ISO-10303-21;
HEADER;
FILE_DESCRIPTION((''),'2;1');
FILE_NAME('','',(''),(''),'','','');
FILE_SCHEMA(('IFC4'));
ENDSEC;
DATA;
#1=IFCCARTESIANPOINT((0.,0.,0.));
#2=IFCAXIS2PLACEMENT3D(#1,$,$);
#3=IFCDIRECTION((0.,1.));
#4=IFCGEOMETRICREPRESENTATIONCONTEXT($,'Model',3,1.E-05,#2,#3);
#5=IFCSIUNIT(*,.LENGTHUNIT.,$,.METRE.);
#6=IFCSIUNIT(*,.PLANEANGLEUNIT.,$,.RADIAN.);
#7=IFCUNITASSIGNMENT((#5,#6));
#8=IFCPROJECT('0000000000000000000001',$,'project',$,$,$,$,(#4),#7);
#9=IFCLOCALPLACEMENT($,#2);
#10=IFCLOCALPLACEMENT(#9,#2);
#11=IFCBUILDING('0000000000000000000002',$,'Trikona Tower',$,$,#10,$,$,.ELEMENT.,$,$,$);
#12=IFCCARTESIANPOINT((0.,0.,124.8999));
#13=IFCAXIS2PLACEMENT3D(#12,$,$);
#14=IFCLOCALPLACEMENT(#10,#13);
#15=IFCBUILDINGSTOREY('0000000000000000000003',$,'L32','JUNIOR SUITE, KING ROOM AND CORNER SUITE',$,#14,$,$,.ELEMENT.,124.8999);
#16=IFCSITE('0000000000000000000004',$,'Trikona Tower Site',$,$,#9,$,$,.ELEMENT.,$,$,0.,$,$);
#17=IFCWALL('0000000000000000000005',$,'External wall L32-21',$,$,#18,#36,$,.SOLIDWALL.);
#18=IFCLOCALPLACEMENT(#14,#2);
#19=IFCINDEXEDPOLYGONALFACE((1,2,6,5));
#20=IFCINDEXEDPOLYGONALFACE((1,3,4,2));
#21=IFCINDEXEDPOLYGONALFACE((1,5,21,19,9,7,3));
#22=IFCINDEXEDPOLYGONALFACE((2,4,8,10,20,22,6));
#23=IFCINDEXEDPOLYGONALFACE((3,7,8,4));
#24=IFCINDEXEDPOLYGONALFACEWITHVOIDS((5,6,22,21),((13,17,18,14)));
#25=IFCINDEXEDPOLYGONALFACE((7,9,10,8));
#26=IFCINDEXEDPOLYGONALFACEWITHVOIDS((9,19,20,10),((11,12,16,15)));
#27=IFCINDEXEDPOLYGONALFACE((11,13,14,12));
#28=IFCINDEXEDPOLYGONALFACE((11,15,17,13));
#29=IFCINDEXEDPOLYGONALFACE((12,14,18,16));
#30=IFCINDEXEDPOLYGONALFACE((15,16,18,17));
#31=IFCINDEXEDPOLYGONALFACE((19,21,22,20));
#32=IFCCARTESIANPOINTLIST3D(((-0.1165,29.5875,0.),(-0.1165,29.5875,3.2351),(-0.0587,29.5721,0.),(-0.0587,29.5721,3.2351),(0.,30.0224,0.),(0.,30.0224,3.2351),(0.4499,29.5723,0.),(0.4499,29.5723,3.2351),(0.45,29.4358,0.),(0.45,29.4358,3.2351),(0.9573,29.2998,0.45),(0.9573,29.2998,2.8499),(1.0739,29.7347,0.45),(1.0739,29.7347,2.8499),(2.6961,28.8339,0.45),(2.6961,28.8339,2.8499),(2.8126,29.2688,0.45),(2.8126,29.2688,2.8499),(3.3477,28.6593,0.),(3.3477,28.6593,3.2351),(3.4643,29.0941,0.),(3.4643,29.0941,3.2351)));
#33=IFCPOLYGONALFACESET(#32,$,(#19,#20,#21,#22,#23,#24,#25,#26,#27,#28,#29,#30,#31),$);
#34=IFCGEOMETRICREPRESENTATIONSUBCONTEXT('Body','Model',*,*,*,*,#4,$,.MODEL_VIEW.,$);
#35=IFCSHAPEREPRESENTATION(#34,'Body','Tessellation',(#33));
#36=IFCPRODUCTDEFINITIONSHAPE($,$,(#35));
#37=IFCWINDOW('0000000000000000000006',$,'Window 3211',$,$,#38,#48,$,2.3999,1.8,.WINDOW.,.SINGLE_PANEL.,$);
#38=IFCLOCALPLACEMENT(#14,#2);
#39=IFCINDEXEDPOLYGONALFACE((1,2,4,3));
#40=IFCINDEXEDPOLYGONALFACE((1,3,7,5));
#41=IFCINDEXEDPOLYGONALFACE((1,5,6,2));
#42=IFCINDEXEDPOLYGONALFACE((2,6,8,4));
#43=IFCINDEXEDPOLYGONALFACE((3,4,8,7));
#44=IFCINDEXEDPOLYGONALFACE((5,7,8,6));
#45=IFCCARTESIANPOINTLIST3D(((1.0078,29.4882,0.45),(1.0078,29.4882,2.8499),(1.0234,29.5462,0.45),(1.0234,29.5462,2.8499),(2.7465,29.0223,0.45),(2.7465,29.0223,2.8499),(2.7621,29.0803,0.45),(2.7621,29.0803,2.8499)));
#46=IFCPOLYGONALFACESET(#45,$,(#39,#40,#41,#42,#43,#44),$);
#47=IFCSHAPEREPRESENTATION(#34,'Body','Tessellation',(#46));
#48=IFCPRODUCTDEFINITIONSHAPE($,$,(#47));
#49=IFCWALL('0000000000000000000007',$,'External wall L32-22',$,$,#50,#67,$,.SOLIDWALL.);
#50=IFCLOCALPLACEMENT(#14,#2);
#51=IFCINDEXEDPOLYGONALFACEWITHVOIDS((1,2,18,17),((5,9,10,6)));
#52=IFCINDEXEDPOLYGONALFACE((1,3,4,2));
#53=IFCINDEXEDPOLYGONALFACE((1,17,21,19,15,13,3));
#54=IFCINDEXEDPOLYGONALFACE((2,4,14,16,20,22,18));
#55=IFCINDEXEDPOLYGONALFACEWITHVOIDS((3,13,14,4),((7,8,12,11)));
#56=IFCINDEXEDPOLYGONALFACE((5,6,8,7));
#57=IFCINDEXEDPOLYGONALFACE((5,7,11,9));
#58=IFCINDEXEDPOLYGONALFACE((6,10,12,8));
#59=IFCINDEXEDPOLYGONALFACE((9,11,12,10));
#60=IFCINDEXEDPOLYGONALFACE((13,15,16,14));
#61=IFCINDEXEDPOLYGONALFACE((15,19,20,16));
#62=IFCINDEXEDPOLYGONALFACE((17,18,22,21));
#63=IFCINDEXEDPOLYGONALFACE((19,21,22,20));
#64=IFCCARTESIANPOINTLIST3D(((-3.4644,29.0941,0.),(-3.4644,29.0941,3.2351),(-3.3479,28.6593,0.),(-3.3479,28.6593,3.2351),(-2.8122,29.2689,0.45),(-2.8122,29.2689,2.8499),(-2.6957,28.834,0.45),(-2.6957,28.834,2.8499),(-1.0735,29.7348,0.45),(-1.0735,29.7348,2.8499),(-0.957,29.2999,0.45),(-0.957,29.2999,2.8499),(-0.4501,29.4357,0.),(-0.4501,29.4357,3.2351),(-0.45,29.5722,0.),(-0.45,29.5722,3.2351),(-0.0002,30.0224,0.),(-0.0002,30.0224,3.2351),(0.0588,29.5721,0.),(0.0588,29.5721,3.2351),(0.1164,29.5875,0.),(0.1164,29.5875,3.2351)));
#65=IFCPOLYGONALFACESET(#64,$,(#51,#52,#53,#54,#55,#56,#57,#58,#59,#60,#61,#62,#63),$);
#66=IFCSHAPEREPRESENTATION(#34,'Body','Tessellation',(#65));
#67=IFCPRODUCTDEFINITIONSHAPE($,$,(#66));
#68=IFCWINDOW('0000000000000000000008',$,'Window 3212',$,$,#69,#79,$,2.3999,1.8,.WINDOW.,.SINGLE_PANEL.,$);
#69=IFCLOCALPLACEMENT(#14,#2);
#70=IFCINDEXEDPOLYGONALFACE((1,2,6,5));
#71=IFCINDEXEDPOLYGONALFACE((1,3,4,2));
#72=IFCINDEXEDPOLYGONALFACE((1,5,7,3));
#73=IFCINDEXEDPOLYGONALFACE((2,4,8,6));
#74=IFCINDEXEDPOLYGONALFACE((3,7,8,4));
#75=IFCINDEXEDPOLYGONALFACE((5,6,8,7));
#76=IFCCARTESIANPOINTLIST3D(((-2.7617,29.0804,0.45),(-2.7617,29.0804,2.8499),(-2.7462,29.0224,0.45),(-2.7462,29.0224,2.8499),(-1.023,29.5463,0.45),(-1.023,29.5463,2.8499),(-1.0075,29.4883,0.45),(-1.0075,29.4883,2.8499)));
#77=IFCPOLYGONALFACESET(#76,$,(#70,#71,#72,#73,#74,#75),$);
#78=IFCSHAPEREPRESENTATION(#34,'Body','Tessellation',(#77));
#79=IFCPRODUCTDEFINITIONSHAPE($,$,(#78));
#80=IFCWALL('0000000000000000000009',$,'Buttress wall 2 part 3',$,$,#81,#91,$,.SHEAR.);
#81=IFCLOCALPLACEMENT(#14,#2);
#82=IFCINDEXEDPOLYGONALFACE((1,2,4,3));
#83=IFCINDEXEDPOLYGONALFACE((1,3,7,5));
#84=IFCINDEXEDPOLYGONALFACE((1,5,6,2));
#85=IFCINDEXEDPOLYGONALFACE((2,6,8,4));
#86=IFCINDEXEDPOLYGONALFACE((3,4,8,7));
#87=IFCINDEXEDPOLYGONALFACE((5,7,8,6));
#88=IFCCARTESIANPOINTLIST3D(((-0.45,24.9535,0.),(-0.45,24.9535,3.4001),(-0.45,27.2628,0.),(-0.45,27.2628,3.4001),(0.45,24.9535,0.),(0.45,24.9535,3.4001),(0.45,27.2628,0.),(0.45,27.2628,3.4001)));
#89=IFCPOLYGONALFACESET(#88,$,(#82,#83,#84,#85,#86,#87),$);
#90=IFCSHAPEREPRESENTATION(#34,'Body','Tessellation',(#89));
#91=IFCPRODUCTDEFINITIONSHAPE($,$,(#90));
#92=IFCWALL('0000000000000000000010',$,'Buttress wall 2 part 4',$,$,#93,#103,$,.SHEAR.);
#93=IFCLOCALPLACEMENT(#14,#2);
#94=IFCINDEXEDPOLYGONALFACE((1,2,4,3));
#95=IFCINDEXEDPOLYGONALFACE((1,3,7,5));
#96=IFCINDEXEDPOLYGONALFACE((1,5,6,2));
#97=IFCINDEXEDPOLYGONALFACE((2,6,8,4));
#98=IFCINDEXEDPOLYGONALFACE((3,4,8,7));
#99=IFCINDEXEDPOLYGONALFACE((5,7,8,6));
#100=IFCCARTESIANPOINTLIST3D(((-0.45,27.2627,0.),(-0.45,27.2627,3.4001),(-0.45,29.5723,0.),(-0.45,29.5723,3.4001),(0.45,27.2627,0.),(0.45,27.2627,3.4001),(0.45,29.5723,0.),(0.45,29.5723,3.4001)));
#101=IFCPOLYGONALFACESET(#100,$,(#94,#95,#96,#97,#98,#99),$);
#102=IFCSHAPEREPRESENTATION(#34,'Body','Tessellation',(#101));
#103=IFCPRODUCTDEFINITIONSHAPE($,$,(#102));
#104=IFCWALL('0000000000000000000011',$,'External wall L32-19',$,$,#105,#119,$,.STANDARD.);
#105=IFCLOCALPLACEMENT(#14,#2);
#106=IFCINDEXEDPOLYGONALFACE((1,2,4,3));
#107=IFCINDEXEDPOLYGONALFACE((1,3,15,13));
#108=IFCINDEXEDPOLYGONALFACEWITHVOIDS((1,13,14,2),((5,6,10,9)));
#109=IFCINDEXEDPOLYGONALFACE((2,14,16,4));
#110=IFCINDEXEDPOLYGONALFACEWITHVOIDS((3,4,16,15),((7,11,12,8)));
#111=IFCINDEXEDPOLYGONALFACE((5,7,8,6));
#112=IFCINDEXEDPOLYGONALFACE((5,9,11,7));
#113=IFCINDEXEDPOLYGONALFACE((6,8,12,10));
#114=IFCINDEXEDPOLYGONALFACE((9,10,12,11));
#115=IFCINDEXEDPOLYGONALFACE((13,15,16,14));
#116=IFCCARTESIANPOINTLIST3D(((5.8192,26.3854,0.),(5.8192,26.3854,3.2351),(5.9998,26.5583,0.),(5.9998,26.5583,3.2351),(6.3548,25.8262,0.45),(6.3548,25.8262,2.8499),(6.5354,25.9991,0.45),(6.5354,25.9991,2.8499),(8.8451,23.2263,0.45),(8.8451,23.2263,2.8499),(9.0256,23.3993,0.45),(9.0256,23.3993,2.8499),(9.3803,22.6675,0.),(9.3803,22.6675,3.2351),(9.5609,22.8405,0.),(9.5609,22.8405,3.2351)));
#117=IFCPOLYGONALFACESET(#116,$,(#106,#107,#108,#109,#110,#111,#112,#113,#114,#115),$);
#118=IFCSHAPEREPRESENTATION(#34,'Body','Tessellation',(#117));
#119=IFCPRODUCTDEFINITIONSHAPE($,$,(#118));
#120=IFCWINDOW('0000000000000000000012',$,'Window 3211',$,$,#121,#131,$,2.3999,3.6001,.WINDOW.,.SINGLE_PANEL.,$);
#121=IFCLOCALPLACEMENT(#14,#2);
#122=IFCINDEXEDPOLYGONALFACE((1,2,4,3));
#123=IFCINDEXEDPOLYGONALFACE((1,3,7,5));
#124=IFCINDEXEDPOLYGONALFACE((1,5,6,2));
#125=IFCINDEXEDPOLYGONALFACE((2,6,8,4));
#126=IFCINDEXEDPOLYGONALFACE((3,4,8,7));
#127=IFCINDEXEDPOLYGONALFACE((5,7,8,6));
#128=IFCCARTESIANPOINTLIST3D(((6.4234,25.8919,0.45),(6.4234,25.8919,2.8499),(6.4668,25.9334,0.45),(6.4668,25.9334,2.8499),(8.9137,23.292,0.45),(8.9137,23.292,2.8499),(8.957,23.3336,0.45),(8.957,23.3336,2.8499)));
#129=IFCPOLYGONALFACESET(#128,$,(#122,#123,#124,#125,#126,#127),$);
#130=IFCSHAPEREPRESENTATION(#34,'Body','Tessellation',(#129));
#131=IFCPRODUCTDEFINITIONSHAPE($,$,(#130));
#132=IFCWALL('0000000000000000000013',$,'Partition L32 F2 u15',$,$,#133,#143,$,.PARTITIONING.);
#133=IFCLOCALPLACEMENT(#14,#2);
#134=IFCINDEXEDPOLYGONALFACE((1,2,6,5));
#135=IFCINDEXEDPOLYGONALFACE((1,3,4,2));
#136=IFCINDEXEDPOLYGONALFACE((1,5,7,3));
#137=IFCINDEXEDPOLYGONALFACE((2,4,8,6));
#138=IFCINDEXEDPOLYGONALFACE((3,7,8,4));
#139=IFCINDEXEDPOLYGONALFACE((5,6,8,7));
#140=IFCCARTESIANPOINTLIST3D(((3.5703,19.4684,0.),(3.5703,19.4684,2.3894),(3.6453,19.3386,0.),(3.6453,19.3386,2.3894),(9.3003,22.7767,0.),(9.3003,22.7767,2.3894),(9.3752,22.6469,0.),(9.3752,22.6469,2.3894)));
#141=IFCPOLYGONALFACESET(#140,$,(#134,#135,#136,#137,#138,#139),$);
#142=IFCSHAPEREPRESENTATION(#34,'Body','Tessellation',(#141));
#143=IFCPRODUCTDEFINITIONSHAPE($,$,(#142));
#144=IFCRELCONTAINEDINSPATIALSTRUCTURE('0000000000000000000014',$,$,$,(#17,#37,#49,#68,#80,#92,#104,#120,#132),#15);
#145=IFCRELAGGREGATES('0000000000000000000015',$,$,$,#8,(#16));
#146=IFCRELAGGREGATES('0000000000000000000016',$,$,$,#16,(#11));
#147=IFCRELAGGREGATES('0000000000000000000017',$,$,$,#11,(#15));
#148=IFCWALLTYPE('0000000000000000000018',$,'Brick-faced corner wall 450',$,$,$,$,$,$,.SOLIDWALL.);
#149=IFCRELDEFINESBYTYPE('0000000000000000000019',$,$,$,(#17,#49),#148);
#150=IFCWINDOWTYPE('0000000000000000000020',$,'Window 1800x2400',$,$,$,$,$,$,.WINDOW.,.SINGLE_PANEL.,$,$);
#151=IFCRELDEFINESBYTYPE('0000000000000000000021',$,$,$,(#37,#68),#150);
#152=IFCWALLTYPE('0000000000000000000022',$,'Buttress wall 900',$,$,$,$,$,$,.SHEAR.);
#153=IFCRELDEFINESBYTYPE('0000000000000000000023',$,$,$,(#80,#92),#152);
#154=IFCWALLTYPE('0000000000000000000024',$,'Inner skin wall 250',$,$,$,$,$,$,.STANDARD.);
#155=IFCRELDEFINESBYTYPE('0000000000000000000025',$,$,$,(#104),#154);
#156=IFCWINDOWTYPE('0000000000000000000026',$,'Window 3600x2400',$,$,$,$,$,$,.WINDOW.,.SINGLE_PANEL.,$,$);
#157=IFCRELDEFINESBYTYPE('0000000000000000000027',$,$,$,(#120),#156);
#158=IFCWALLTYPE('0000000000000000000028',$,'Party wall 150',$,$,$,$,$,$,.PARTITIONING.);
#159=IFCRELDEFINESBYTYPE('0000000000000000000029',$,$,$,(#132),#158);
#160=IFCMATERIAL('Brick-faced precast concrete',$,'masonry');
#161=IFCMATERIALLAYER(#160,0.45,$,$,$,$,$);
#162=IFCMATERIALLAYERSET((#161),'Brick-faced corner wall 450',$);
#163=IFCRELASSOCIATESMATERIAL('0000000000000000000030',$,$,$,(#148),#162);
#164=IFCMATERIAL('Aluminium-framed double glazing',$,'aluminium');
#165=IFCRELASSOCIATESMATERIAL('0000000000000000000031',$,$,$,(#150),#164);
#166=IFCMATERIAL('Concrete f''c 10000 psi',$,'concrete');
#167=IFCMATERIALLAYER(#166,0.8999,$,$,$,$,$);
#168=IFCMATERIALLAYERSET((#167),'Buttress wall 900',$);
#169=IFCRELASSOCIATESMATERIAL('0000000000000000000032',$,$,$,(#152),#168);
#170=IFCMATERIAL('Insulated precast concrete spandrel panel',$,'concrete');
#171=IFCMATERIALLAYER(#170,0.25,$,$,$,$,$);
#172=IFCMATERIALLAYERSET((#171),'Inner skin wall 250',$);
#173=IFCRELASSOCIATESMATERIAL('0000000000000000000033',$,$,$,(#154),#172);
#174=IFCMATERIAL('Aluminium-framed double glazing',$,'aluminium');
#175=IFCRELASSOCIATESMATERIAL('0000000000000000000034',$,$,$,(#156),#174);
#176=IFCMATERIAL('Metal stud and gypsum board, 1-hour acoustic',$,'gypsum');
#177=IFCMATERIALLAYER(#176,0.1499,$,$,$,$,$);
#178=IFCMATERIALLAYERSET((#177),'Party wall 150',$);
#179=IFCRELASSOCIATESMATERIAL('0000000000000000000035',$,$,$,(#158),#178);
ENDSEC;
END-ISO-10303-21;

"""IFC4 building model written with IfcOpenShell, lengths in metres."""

from ifc_helpers import new_model, si_unit, direction, frame, frame_2d, origin, place, context, subcontext, project, spatial, polyline, rectangle, outline, extrude, material, layer, layer_set, type_object, element, fill, save


model = new_model("IFC4")

# Units and contexts
model_context = context("Model", 3, precision=1e-05, world=origin(), true_north=direction((0.0, 1.0)))
body_context = subcontext(model_context, "Body", "Model", "MODEL_VIEW")
ifc_project = project(units=[si_unit("LENGTHUNIT", "METRE"), si_unit("PLANEANGLEUNIT", "RADIAN")], contexts=[model_context])

# Site, building, storey
site_placement = place(None, origin())
site = spatial("IfcSite", under=ifc_project, at=site_placement, Name="Trikona Tower Site", CompositionType="ELEMENT", RefElevation=0.0)
building_placement = place(site_placement, origin())
building = spatial("IfcBuilding", under=site, at=building_placement, Name="Trikona Tower", CompositionType="ELEMENT")
storey_placement = place(building_placement, frame((0.0, 0.0, 124.8999)))
storey = spatial("IfcBuildingStorey", under=building, at=storey_placement, Name="L32", Description="JUNIOR SUITE, KING ROOM AND CORNER SUITE", CompositionType="ELEMENT", Elevation=124.8999)

# Walls, openings, windows
ifc_material_1 = material(Name="Brick-faced precast concrete", Category="masonry")
ifc_layer_1 = layer(ifc_material_1, 0.45)
ifc_layer_set_1 = layer_set([ifc_layer_1], Name="Brick-faced corner wall 450")
wall_type_1 = type_object("IfcWallType", Name="Brick-faced corner wall 450", PredefinedType="SOLIDWALL", material=ifc_layer_set_1)
wall_1_placement = place(storey_placement, frame((3.406, 28.8767, 0.0), z_axis=(0.0, 0.0, 1.0), x_axis=(-0.965925, 0.258823, 0.0)))
wall_1 = element("IfcWall", 1, at=wall_1_placement, inside=storey, type_object=wall_type_1, Name="External wall L32-21", PredefinedType="SOLIDWALL", context=body_context, shape_type="SweptSolid", body=[
    extrude(outline(polyline([(3.5864, 0.2251), (3.5266, 0.2251), (3.0354, 0.0933), (3.0, 0.2251), (0.0, 0.2251), (0.0, -0.2251), (3.5864, -0.2251), (3.5864, 0.2251)])), origin(), (0.0, 0.0, 1.0), 3.2351),
])
opening_1_placement = place(wall_1_placement, frame((0.6748, 0.0, 0.45)))
opening_1 = element("IfcOpeningElement", 2, at=opening_1_placement, cuts=wall_1, PredefinedType="OPENING", context=body_context, shape_type="SweptSolid", body=[
    extrude(rectangle(XDim=1.8, YDim=2.3999, at=frame_2d((0.8999, 1.2))), frame((0.0, 0.2349, 0.0), z_axis=(0.0, -1.0, 0.0), x_axis=(1.0, 0.0, 0.0)), (0.0, 0.0, 1.0), 0.47),
])
ifc_material_2 = material(Name="Aluminium-framed double glazing", Category="aluminium")
window_type_1 = type_object("IfcWindowType", Name="Window 1800x2400", PartitioningType="SINGLE_PANEL", PredefinedType="WINDOW", material=ifc_material_2)
window_1_placement = place(opening_1_placement, origin())
window_1 = element("IfcWindow", 3, at=window_1_placement, inside=storey, type_object=window_type_1, Name="Window 3211", OverallHeight=2.3999, OverallWidth=1.8, PartitioningType="SINGLE_PANEL", PredefinedType="WINDOW", context=body_context, shape_type="SweptSolid", body=[
    extrude(rectangle(XDim=1.8, YDim=2.3999, at=frame_2d((0.8999, 1.2))), frame((0.0, 0.03, 0.0), z_axis=(0.0, -1.0, 0.0), x_axis=(1.0, 0.0, 0.0)), (0.0, 0.0, 1.0), 0.0601),
])
fill(opening_1, window_1)
wall_2_placement = place(storey_placement, frame((0.0581, 29.8049, 0.0), z_axis=(0.0, 0.0, 1.0), x_axis=(-0.965925, -0.258823, 0.0)))
wall_2 = element("IfcWall", 4, at=wall_2_placement, inside=storey, type_object=wall_type_1, Name="External wall L32-22", PredefinedType="SOLIDWALL", context=body_context, shape_type="SweptSolid", body=[
    extrude(outline(polyline([(3.5864, 0.2251), (0.5864, 0.2251), (0.551, 0.0933), (0.0596, 0.2251), (0.0, 0.2251), (0.0, -0.2251), (3.5864, -0.2251), (3.5864, 0.2251)])), origin(), (0.0, 0.0, 1.0), 3.2351),
])
opening_2_placement = place(wall_2_placement, frame((1.1113, 0.0, 0.45)))
opening_2 = element("IfcOpeningElement", 5, at=opening_2_placement, cuts=wall_2, PredefinedType="OPENING", context=body_context, shape_type="SweptSolid", body=[
    extrude(rectangle(XDim=1.8, YDim=2.3999, at=frame_2d((0.8999, 1.2))), frame((0.0, 0.2349, 0.0), z_axis=(0.0, -1.0, 0.0), x_axis=(1.0, 0.0, 0.0)), (0.0, 0.0, 1.0), 0.47),
])
window_2_placement = place(opening_2_placement, origin())
window_2 = element("IfcWindow", 6, at=window_2_placement, inside=storey, type_object=window_type_1, Name="Window 3212", OverallHeight=2.3999, OverallWidth=1.8, PartitioningType="SINGLE_PANEL", PredefinedType="WINDOW", context=body_context, shape_type="SweptSolid", body=[
    extrude(rectangle(XDim=1.8, YDim=2.3999, at=frame_2d((0.8999, 1.2))), frame((0.0, 0.03, 0.0), z_axis=(0.0, -1.0, 0.0), x_axis=(1.0, 0.0, 0.0)), (0.0, 0.0, 1.0), 0.0601),
])
fill(opening_2, window_2)

# Walls
ifc_material_3 = material(Name="Concrete f'c 10000 psi", Category="concrete")
ifc_layer_2 = layer(ifc_material_3, 0.8999)
ifc_layer_set_2 = layer_set([ifc_layer_2], Name="Buttress wall 900")
wall_type_2 = type_object("IfcWallType", Name="Buttress wall 900", PredefinedType="SHEAR", material=ifc_layer_set_2)
wall_3_placement = place(storey_placement, frame((0.0, 24.9534, 0.0), z_axis=(0.0, 0.0, 1.0), x_axis=(0.0, 1.0, 0.0)))
element("IfcWall", 7, at=wall_3_placement, inside=storey, type_object=wall_type_2, Name="Buttress wall 2 part 3", PredefinedType="SHEAR", context=body_context, shape_type="SweptSolid", body=[
    extrude(rectangle(XDim=2.3093, YDim=0.8999, at=frame_2d((1.1548, 0.0))), origin(), (0.0, 0.0, 1.0), 3.4001),
])
wall_4_placement = place(storey_placement, frame((0.0, 27.2627, 0.0), z_axis=(0.0, 0.0, 1.0), x_axis=(0.0, 1.0, 0.0)))
element("IfcWall", 8, at=wall_4_placement, inside=storey, type_object=wall_type_2, Name="Buttress wall 2 part 4", PredefinedType="SHEAR", context=body_context, shape_type="SweptSolid", body=[
    extrude(rectangle(XDim=2.3096, YDim=0.8999, at=frame_2d((1.1548, 0.0))), origin(), (0.0, 0.0, 1.0), 3.4001),
])

# Wall, opening, window
ifc_material_4 = material(Name="Insulated precast concrete spandrel panel", Category="concrete")
ifc_layer_3 = layer(ifc_material_4, 0.25)
ifc_layer_set_3 = layer_set([ifc_layer_3], Name="Inner skin wall 250")
wall_type_3 = type_object("IfcWallType", Name="Inner skin wall 250", PredefinedType="STANDARD", material=ifc_layer_set_3)
wall_5_placement = place(storey_placement, frame((9.4707, 22.7539, 0.0), z_axis=(0.0, 0.0, 1.0), x_axis=(-0.69172, 0.722166, 0.0)))
wall_5 = element("IfcWall", 9, at=wall_5_placement, inside=storey, type_object=wall_type_3, Name="External wall L32-19", PredefinedType="STANDARD", context=body_context, shape_type="SweptSolid", body=[
    extrude(rectangle(XDim=5.1482, YDim=0.25, at=frame_2d((2.5742, 0.0))), origin(), (0.0, 0.0, 1.0), 3.2351),
])
opening_3_placement = place(wall_5_placement, frame((0.7739, 0.0, 0.45)))
opening_3 = element("IfcOpeningElement", 10, at=opening_3_placement, cuts=wall_5, PredefinedType="OPENING", context=body_context, shape_type="SweptSolid", body=[
    extrude(rectangle(XDim=3.6001, YDim=2.3999, at=frame_2d((1.8, 1.2))), frame((0.0, 0.135, 0.0), z_axis=(0.0, -1.0, 0.0), x_axis=(1.0, 0.0, 0.0)), (0.0, 0.0, 1.0), 0.27),
])
ifc_material_5 = material(Name="Aluminium-framed double glazing", Category="aluminium")
window_type_2 = type_object("IfcWindowType", Name="Window 3600x2400", PartitioningType="SINGLE_PANEL", PredefinedType="WINDOW", material=ifc_material_5)
window_3_placement = place(opening_3_placement, origin())
window_3 = element("IfcWindow", 11, at=window_3_placement, inside=storey, type_object=window_type_2, Name="Window 3211", OverallHeight=2.3999, OverallWidth=3.6001, PartitioningType="SINGLE_PANEL", PredefinedType="WINDOW", context=body_context, shape_type="SweptSolid", body=[
    extrude(rectangle(XDim=3.6001, YDim=2.3999, at=frame_2d((1.8, 1.2))), frame((0.0, 0.03, 0.0), z_axis=(0.0, -1.0, 0.0), x_axis=(1.0, 0.0, 0.0)), (0.0, 0.0, 1.0), 0.0601),
])
fill(opening_3, window_3)

# Wall
ifc_material_6 = material(Name="Metal stud and gypsum board, 1-hour acoustic", Category="gypsum")
ifc_layer_4 = layer(ifc_material_6, 0.1499)
ifc_layer_set_4 = layer_set([ifc_layer_4], Name="Party wall 150")
wall_type_4 = type_object("IfcWallType", Name="Party wall 150", PredefinedType="PARTITIONING", material=ifc_layer_set_4)
wall_6_placement = place(storey_placement, frame((3.6079, 19.4036, 0.0), z_axis=(0.0, 0.0, 1.0), x_axis=(0.866016, 0.500016, 0.0)))
element("IfcWall", 12, at=wall_6_placement, inside=storey, type_object=wall_type_4, Name="Partition L32 F2 u15", PredefinedType="PARTITIONING", context=body_context, shape_type="SweptSolid", body=[
    extrude(rectangle(XDim=6.6165, YDim=0.1499, at=frame_2d((3.3081, 0.0))), origin(), (0.0, 0.0, 1.0), 2.3894),
])

save(model, "model.ifc")
